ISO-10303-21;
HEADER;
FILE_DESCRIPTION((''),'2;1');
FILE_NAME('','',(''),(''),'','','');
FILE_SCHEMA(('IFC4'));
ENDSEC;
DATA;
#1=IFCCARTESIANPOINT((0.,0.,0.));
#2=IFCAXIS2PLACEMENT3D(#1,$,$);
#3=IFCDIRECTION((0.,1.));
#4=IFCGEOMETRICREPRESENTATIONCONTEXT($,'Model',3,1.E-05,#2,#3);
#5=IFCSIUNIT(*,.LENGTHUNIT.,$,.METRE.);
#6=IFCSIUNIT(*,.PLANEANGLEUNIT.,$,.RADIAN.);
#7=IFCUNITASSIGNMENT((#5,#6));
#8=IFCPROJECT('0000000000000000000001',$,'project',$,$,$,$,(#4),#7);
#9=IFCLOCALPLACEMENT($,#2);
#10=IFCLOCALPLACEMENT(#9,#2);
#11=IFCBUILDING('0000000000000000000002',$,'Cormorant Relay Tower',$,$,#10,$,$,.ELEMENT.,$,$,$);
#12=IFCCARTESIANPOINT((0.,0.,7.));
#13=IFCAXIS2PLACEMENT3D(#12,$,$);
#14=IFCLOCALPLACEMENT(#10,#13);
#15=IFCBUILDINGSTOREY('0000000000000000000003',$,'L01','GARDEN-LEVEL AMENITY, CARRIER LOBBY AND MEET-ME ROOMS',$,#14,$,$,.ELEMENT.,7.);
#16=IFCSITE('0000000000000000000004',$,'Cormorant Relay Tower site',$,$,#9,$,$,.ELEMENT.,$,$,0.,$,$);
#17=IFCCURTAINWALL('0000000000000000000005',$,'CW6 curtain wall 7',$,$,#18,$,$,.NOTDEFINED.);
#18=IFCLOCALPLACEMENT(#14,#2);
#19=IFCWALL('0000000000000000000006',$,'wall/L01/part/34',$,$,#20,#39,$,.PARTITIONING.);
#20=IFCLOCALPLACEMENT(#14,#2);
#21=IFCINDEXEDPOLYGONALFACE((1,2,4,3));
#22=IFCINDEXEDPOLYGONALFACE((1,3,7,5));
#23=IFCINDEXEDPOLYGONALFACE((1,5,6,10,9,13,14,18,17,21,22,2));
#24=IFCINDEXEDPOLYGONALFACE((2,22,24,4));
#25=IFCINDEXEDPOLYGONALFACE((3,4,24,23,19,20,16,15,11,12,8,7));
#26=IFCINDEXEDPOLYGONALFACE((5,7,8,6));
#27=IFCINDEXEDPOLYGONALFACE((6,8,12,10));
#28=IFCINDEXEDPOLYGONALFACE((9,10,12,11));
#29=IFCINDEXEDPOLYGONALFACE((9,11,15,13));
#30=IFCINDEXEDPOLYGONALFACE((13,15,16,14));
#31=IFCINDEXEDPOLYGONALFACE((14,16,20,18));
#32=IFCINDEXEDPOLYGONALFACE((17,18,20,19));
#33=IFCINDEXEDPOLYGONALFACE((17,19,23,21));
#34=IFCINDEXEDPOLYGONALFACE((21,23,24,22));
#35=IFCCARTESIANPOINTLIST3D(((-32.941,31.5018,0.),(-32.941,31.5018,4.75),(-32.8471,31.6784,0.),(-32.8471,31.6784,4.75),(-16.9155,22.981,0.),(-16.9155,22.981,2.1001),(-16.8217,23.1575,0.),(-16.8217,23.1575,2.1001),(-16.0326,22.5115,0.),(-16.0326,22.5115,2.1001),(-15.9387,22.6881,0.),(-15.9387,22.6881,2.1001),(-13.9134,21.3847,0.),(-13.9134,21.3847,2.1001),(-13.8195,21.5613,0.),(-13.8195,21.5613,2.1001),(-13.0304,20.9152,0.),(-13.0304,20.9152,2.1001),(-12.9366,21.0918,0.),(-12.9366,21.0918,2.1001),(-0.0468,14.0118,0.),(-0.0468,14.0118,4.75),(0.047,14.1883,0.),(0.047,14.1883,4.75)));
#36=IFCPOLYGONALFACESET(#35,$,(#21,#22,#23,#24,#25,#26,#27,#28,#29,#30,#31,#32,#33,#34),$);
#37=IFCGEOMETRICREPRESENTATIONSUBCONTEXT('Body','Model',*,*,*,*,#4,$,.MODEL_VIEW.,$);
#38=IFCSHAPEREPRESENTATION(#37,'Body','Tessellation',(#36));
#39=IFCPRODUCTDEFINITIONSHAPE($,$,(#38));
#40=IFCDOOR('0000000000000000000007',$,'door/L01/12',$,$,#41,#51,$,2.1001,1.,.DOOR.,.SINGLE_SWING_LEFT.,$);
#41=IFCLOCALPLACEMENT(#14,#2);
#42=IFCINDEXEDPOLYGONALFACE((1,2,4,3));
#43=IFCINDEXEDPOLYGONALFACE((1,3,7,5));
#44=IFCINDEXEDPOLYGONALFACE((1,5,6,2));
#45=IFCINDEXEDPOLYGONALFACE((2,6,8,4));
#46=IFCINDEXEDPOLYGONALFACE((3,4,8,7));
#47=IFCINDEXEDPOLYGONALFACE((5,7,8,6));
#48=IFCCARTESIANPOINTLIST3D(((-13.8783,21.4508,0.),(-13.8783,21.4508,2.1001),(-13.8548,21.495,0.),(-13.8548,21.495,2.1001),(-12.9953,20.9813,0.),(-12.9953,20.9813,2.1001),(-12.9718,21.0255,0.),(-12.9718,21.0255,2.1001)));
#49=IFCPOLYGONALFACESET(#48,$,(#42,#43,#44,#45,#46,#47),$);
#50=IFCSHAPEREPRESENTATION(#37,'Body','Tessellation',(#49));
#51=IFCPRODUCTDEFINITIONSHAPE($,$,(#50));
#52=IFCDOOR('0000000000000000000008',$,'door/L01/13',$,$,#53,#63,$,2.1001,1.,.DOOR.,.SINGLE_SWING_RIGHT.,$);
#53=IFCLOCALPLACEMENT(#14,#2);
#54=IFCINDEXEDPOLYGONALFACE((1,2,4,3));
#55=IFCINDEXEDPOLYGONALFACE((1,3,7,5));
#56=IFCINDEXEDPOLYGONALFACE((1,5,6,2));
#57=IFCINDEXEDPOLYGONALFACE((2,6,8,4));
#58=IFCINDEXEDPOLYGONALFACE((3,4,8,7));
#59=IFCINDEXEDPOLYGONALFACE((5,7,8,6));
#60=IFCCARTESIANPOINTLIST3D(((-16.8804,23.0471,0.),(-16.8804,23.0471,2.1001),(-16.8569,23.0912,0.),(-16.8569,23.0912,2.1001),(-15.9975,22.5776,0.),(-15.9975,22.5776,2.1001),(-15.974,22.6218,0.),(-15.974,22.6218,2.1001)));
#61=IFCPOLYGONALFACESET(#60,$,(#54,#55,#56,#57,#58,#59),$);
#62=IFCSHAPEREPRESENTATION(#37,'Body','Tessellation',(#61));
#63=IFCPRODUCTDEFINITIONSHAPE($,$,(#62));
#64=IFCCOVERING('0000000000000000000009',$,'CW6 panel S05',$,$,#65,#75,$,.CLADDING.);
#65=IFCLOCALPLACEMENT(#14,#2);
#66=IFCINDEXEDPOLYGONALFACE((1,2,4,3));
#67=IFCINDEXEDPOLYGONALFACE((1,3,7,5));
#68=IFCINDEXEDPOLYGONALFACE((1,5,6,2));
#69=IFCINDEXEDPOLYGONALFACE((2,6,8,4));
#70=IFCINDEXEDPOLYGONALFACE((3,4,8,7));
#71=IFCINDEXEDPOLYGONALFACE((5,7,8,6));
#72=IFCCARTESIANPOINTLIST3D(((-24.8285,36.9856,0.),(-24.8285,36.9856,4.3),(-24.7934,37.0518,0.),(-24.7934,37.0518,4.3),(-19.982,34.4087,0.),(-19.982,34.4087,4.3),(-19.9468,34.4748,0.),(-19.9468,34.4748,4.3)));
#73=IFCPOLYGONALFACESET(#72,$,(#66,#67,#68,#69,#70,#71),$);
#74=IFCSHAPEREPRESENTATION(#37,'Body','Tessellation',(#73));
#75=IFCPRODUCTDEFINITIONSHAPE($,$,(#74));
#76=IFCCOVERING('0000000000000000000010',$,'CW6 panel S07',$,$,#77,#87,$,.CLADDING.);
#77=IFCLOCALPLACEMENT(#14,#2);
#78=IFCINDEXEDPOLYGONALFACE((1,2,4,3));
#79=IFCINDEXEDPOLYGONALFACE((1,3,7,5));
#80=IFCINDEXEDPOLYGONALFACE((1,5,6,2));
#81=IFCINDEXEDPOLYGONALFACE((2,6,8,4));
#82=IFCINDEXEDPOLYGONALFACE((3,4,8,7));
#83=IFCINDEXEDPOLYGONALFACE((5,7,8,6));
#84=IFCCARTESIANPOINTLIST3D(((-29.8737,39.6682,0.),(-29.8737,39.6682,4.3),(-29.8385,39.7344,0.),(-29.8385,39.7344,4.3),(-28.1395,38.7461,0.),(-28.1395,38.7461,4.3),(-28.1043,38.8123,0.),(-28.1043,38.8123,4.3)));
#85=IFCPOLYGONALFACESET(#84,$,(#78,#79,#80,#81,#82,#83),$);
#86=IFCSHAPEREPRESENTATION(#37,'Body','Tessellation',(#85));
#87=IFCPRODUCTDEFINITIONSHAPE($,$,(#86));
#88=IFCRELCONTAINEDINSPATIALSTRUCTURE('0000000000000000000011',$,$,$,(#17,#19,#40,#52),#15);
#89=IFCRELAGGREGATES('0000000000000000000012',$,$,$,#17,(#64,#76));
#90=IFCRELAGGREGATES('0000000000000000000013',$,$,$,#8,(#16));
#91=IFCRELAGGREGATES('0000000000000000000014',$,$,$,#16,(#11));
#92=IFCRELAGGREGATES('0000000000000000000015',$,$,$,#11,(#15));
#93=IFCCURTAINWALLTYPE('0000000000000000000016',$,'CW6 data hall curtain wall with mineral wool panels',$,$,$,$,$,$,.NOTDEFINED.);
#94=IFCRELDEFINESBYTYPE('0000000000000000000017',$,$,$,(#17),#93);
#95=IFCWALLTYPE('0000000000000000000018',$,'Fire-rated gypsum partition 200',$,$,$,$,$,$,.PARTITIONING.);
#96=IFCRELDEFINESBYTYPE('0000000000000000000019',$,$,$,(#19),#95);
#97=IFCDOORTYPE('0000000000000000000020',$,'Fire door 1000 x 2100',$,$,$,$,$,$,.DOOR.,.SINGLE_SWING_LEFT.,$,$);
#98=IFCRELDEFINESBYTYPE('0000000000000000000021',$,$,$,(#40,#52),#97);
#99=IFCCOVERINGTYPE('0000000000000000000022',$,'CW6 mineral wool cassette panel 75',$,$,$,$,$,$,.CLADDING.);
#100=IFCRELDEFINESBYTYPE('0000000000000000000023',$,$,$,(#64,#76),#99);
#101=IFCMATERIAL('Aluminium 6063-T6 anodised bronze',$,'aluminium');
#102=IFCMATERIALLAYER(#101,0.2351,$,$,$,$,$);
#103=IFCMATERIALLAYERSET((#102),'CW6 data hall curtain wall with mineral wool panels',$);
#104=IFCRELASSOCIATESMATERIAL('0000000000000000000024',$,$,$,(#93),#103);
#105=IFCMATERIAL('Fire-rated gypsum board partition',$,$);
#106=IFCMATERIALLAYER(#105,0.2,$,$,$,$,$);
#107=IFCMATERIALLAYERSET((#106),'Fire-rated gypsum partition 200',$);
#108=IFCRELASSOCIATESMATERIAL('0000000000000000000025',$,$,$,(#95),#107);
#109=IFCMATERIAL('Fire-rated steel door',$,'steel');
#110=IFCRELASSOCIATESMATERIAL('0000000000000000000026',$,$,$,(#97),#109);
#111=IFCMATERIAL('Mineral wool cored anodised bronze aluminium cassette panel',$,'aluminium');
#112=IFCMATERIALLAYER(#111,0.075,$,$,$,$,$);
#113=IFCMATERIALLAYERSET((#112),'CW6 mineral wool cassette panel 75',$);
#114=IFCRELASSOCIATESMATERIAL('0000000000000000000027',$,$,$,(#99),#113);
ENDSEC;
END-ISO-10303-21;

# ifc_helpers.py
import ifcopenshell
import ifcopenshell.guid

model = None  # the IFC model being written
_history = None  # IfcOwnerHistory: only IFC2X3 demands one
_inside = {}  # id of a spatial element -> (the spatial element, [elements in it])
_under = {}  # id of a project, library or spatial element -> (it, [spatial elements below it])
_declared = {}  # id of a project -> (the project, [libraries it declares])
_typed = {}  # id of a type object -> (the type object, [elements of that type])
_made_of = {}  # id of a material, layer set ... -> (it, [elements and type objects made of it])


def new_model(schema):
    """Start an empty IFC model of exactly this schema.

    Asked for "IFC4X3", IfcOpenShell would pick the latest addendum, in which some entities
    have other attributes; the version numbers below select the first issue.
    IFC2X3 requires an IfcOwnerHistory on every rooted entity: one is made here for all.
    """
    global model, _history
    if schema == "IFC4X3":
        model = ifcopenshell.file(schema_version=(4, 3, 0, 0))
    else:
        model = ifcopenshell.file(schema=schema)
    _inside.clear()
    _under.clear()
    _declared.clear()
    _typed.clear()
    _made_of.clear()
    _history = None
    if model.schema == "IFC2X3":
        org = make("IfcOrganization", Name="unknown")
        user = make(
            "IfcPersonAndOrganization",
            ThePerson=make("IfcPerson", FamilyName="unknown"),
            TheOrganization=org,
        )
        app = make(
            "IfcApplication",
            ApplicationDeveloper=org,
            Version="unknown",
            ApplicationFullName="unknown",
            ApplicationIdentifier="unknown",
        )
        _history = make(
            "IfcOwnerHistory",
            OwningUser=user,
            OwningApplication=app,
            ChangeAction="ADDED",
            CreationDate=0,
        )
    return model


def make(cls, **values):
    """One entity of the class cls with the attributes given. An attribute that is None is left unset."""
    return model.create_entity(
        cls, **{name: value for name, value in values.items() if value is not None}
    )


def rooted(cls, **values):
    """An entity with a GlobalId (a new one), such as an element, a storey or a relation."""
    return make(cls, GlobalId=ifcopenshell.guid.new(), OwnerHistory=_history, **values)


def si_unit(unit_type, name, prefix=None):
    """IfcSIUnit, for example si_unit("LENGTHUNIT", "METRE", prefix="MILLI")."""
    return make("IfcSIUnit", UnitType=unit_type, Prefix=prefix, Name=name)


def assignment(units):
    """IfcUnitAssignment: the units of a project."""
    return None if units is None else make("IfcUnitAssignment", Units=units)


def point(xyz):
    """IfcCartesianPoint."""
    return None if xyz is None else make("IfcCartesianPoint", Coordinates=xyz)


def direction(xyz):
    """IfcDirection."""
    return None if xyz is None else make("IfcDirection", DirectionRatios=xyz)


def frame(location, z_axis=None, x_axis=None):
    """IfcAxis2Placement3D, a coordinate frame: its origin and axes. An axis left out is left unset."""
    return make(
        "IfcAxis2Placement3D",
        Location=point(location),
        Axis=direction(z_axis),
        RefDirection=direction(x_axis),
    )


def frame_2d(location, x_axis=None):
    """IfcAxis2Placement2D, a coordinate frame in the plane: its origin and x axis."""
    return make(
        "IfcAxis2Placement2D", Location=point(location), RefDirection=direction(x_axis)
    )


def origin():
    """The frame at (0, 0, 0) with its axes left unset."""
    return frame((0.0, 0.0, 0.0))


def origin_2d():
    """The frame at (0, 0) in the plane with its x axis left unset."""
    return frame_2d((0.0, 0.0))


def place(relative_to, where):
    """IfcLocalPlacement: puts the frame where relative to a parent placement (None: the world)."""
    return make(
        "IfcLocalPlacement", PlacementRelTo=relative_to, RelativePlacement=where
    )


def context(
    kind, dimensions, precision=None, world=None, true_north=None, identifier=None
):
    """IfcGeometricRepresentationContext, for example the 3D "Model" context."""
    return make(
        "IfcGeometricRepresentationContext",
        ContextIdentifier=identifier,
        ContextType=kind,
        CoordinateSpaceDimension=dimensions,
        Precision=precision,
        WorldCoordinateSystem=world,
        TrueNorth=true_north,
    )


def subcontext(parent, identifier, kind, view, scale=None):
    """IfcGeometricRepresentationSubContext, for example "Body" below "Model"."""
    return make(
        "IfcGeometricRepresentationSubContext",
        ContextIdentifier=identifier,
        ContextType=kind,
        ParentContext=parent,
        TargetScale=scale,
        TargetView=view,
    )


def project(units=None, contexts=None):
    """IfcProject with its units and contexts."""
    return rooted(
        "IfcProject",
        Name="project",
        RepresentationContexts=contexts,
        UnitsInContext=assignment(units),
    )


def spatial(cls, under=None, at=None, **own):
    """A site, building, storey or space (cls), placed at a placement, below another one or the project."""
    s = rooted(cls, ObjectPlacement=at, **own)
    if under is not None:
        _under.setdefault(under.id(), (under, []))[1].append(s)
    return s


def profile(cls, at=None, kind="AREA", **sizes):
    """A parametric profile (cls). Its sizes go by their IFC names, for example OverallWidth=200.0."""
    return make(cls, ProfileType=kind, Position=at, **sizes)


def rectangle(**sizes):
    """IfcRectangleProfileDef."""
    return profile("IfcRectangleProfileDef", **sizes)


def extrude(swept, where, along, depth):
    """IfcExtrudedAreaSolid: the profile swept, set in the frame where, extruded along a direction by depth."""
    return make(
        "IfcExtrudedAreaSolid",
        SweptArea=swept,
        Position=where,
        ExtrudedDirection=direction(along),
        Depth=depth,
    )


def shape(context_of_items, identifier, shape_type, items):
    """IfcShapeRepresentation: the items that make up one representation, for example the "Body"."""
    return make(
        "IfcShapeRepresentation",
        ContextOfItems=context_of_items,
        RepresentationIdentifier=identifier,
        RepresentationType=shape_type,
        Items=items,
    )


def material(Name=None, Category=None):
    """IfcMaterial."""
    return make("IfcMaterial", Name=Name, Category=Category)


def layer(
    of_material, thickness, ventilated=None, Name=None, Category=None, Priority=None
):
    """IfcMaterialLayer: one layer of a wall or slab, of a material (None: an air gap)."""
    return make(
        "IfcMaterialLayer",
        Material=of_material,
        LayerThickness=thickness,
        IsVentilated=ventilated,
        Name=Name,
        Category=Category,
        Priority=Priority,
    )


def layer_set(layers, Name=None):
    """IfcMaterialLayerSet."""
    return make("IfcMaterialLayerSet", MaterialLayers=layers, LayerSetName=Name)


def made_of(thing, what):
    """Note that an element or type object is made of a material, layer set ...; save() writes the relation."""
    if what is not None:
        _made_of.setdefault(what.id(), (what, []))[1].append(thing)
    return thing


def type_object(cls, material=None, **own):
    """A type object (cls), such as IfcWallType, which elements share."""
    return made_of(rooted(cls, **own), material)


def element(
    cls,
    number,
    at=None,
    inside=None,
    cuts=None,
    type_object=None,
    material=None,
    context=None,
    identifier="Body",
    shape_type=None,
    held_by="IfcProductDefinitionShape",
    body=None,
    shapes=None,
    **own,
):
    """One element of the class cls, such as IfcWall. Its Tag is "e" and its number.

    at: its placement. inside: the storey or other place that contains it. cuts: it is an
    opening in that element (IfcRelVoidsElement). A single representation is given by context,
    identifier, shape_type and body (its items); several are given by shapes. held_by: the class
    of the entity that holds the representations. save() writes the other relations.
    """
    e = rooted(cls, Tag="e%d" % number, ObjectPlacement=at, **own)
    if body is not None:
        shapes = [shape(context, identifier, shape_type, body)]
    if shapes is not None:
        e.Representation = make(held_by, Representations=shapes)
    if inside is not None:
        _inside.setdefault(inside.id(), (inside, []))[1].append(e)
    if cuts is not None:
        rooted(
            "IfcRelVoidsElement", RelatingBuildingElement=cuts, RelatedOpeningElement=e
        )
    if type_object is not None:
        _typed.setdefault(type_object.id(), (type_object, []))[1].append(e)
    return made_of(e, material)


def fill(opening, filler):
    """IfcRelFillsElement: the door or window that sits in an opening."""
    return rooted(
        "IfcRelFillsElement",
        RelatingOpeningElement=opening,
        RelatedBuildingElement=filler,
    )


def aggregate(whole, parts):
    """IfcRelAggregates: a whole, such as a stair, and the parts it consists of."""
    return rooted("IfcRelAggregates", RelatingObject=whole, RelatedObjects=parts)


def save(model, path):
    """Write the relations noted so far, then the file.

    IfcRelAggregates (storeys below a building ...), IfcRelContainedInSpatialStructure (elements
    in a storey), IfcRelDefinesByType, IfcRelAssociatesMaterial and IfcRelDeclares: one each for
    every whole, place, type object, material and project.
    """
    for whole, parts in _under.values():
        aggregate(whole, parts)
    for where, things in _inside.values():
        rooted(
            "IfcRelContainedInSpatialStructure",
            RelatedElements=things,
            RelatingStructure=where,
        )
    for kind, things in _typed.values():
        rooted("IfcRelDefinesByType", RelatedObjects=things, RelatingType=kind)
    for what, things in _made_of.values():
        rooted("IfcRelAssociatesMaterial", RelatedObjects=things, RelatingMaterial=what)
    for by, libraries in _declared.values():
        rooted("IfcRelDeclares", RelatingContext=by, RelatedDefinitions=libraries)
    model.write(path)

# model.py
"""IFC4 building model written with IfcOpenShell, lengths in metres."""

from ifc_helpers import new_model, si_unit, direction, frame, frame_2d, origin, origin_2d, place, context, subcontext, project, spatial, rectangle, extrude, material, layer, layer_set, type_object, element, fill, aggregate, save


model = new_model("IFC4")

# Units and contexts
model_context = context("Model", 3, precision=1e-05, world=origin(), true_north=direction((0.0, 1.0)))
body_context = subcontext(model_context, "Body", "Model", "MODEL_VIEW")
ifc_project = project(units=[si_unit("LENGTHUNIT", "METRE"), si_unit("PLANEANGLEUNIT", "RADIAN")], contexts=[model_context])

# Site, building, storey
site_placement = place(None, origin())
site = spatial("IfcSite", under=ifc_project, at=site_placement, Name="Cormorant Relay Tower site", CompositionType="ELEMENT", RefElevation=0.0)
building_placement = place(site_placement, origin())
building = spatial("IfcBuilding", under=site, at=building_placement, Name="Cormorant Relay Tower", CompositionType="ELEMENT")
storey_placement = place(building_placement, frame((0.0, 0.0, 7.0)))
storey = spatial("IfcBuildingStorey", under=building, at=storey_placement, Name="L01", Description="GARDEN-LEVEL AMENITY, CARRIER LOBBY AND MEET-ME ROOMS", CompositionType="ELEMENT", Elevation=7.0)

# Curtain wall
ifc_material_1 = material(Name="Aluminium 6063-T6 anodised bronze", Category="aluminium")
ifc_layer_1 = layer(ifc_material_1, 0.2351)
ifc_layer_set_1 = layer_set([ifc_layer_1], Name="CW6 data hall curtain wall with mineral wool panels")
curtain_wall_type = type_object("IfcCurtainWallType", Name="CW6 data hall curtain wall with mineral wool panels", PredefinedType="NOTDEFINED", material=ifc_layer_set_1)
curtain_wall_1_placement = place(storey_placement, origin())
curtain_wall_1 = element("IfcCurtainWall", 1, at=curtain_wall_1_placement, inside=storey, type_object=curtain_wall_type, Name="CW6 curtain wall 7", PredefinedType="NOTDEFINED")

# Shared definitions
ifc_material_2 = material(Name="Fire-rated gypsum board partition")
ifc_layer_2 = layer(ifc_material_2, 0.2)
ifc_layer_set_2 = layer_set([ifc_layer_2], Name="Fire-rated gypsum partition 200")
wall_type = type_object("IfcWallType", Name="Fire-rated gypsum partition 200", PredefinedType="PARTITIONING", material=ifc_layer_set_2)

# Shared definitions
ifc_material_3 = material(Name="Fire-rated steel door", Category="steel")
door_type = type_object("IfcDoorType", Name="Fire door 1000 x 2100", OperationType="SINGLE_SWING_LEFT", PredefinedType="DOOR", material=ifc_material_3)

# Wall, openings, doors
wall_1_placement = place(storey_placement, frame((-32.894, 31.5901, 0.0), z_axis=(0.0, 0.0, 1.0), x_axis=(0.882949, -0.46947, 0.0)))
wall_1 = element("IfcWall", 2, at=wall_1_placement, inside=storey, type_object=wall_type, Name="wall/L01/part/34", PredefinedType="PARTITIONING", context=body_context, shape_type="SweptSolid", body=[
    extrude(rectangle(XDim=37.2549, YDim=0.2, at=frame_2d((18.6274, 0.0))), origin(), (0.0, 0.0, 1.0), 4.75),
])
opening_1_placement = place(wall_1_placement, frame((21.55, 0.0, 0.0)))
opening_1 = element("IfcOpeningElement", 3, at=opening_1_placement, cuts=wall_1, PredefinedType="OPENING", context=body_context, shape_type="SweptSolid", body=[
    extrude(rectangle(XDim=1.0, YDim=2.1001, at=frame_2d((0.5, 1.05))), frame((0.0, 0.1099, 0.0), z_axis=(0.0, -1.0, 0.0), x_axis=(1.0, 0.0, 0.0)), (0.0, 0.0, 1.0), 0.22),
])
opening_2_placement = place(wall_1_placement, frame((18.1499, 0.0, 0.0)))
opening_2 = element("IfcOpeningElement", 4, at=opening_2_placement, cuts=wall_1, PredefinedType="OPENING", context=body_context, shape_type="SweptSolid", body=[
    extrude(rectangle(XDim=1.0, YDim=2.1001, at=frame_2d((0.5, 1.05))), frame((0.0, 0.1099, 0.0), z_axis=(0.0, -1.0, 0.0), x_axis=(1.0, 0.0, 0.0)), (0.0, 0.0, 1.0), 0.22),
])
door_1_placement = place(opening_1_placement, origin())
door_1 = element("IfcDoor", 5, at=door_1_placement, inside=storey, type_object=door_type, Name="door/L01/12", OperationType="SINGLE_SWING_LEFT", OverallHeight=2.1001, OverallWidth=1.0, PredefinedType="DOOR", context=body_context, shape_type="SweptSolid", body=[
    extrude(rectangle(XDim=1.0, YDim=2.1001, at=frame_2d((0.5, 1.05))), frame((0.0, 0.0249, 0.0), z_axis=(0.0, -1.0, 0.0), x_axis=(1.0, 0.0, 0.0)), (0.0, 0.0, 1.0), 0.05),
])
fill(opening_1, door_1)
door_2_placement = place(opening_2_placement, origin())
door_2 = element("IfcDoor", 6, at=door_2_placement, inside=storey, type_object=door_type, Name="door/L01/13", OperationType="SINGLE_SWING_RIGHT", OverallHeight=2.1001, OverallWidth=1.0, PredefinedType="DOOR", context=body_context, shape_type="SweptSolid", body=[
    extrude(rectangle(XDim=1.0, YDim=2.1001, at=frame_2d((0.5, 1.05))), frame((0.0, 0.0249, 0.0), z_axis=(0.0, -1.0, 0.0), x_axis=(1.0, 0.0, 0.0)), (0.0, 0.0, 1.0), 0.05),
])
fill(opening_2, door_2)

# Coverings
ifc_material_4 = material(Name="Mineral wool cored anodised bronze aluminium cassette panel", Category="aluminium")
ifc_layer_3 = layer(ifc_material_4, 0.075)
ifc_layer_set_3 = layer_set([ifc_layer_3], Name="CW6 mineral wool cassette panel 75")
covering_type = type_object("IfcCoveringType", Name="CW6 mineral wool cassette panel 75", PredefinedType="CLADDING", material=ifc_layer_set_3)
covering_1_placement = place(storey_placement, frame((-22.3877, 35.7302, 0.0), z_axis=(0.0, 0.0, 1.0), x_axis=(-0.882948, 0.469472, 0.0)))
covering_1 = element("IfcCovering", 7, at=covering_1_placement, type_object=covering_type, Name="CW6 panel S05", PredefinedType="CLADDING", context=body_context, shape_type="SweptSolid", body=[
    extrude(rectangle(XDim=5.489, YDim=0.075, at=origin_2d()), origin(), (0.0, 0.0, 1.0), 4.3),
])
covering_2_placement = place(storey_placement, frame((-28.989, 39.2402, 0.0), z_axis=(0.0, 0.0, 1.0), x_axis=(-0.882948, 0.469472, 0.0)))
covering_2 = element("IfcCovering", 8, at=covering_2_placement, type_object=covering_type, Name="CW6 panel S07", PredefinedType="CLADDING", context=body_context, shape_type="SweptSolid", body=[
    extrude(rectangle(XDim=1.9641, YDim=0.075, at=origin_2d()), origin(), (0.0, 0.0, 1.0), 4.3),
])
aggregate(curtain_wall_1, [covering_1, covering_2])

save(model, "model.ifc")
